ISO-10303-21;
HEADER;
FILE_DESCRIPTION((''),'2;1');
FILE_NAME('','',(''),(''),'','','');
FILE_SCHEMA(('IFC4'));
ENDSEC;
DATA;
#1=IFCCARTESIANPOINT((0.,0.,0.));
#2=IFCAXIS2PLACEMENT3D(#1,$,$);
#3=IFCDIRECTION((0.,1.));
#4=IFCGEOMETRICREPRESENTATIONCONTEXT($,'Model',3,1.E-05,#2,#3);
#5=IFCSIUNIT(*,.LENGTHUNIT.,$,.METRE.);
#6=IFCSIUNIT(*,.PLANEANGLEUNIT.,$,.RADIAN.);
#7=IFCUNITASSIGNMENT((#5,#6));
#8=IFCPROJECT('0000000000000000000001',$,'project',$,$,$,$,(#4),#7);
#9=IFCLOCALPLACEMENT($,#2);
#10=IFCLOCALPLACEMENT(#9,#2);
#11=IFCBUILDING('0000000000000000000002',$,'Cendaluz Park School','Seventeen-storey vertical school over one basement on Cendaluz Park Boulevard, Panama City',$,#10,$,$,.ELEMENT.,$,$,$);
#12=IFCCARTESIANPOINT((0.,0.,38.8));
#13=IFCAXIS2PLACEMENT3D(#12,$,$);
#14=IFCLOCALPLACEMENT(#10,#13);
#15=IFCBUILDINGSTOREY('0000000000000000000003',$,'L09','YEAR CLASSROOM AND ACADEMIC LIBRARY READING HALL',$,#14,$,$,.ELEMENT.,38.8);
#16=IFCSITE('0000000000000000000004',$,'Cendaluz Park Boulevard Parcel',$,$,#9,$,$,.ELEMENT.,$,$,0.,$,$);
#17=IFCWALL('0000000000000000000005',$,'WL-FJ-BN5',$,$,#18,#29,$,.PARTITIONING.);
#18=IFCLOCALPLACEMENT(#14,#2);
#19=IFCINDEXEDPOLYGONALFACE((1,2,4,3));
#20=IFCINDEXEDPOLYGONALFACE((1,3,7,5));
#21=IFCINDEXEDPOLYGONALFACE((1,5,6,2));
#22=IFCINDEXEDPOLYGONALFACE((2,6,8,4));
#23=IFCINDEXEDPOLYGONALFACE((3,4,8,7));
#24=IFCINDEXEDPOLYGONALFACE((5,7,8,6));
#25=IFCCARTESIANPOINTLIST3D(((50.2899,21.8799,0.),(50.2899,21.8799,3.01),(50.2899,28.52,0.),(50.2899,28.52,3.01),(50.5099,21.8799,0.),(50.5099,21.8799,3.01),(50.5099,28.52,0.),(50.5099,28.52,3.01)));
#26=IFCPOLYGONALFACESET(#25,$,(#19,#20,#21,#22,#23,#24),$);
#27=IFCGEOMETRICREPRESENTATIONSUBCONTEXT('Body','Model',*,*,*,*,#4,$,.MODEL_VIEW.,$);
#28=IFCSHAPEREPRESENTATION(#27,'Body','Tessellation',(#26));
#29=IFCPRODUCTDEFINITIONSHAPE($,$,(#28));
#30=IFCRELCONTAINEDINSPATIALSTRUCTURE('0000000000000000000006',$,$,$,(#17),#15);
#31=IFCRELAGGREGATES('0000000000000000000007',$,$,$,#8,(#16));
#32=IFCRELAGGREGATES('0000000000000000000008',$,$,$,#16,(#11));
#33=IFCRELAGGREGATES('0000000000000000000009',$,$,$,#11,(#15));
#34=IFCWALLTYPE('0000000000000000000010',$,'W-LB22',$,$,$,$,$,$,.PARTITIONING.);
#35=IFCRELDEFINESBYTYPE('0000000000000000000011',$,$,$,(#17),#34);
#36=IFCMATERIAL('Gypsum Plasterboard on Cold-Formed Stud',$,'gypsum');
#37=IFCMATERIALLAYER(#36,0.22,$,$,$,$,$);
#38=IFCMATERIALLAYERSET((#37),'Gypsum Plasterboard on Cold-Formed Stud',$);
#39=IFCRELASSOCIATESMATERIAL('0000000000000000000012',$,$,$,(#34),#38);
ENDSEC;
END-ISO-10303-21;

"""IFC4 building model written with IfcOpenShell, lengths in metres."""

from ifc_helpers import new_model, si_unit, direction, frame, frame_2d, origin, place, context, subcontext, project, spatial, rectangle, extrude, material, layer, layer_set, type_object, element, save


model = new_model("IFC4")

# Units and contexts
model_context = context("Model", 3, precision=1e-05, world=origin(), true_north=direction((0.0, 1.0)))
body_context = subcontext(model_context, "Body", "Model", "MODEL_VIEW")
ifc_project = project(units=[si_unit("LENGTHUNIT", "METRE"), si_unit("PLANEANGLEUNIT", "RADIAN")], contexts=[model_context])

# Site, building, storey
site_placement = place(None, origin())
site = spatial("IfcSite", under=ifc_project, at=site_placement, Name="Cendaluz Park Boulevard Parcel", CompositionType="ELEMENT", RefElevation=0.0)
building_placement = place(site_placement, origin())
building = spatial("IfcBuilding", under=site, at=building_placement, Name="Cendaluz Park School", Description="Seventeen-storey vertical school over one basement on Cendaluz Park Boulevard, Panama City", CompositionType="ELEMENT")
storey_placement = place(building_placement, frame((0.0, 0.0, 38.8)))
storey = spatial("IfcBuildingStorey", under=building, at=storey_placement, Name="L09", Description="YEAR CLASSROOM AND ACADEMIC LIBRARY READING HALL", CompositionType="ELEMENT", Elevation=38.8)

# Shared definitions
ifc_material_1 = material(Name="Gypsum Plasterboard on Cold-Formed Stud", Category="gypsum")
ifc_layer_1 = layer(ifc_material_1, 0.22)
ifc_layer_set_1 = layer_set([ifc_layer_1], Name="Gypsum Plasterboard on Cold-Formed Stud")
wall_type_1 = type_object("IfcWallType", Name="W-LB22", PredefinedType="PARTITIONING", material=ifc_layer_set_1)

# Wall
for number, where, z_axis, x_axis, name in (
    (1, (50.3999, 21.8799, 0.0), (0.0, 0.0, 1.0), (0.0, 1.0, 0.0), "WL-FJ-BN5"),
):
    element("IfcWall", number, at=place(storey_placement, frame(where, z_axis=z_axis, x_axis=x_axis)), inside=storey, type_object=wall_type_1, Name=name, PredefinedType="PARTITIONING", context=body_context, shape_type="SweptSolid", body=[
        extrude(rectangle(XDim=6.6401, YDim=0.22, at=frame_2d((3.3201, 0.0))), origin(), (0.0, 0.0, 1.0), 3.01),
    ])

save(model, "model.ifc")
